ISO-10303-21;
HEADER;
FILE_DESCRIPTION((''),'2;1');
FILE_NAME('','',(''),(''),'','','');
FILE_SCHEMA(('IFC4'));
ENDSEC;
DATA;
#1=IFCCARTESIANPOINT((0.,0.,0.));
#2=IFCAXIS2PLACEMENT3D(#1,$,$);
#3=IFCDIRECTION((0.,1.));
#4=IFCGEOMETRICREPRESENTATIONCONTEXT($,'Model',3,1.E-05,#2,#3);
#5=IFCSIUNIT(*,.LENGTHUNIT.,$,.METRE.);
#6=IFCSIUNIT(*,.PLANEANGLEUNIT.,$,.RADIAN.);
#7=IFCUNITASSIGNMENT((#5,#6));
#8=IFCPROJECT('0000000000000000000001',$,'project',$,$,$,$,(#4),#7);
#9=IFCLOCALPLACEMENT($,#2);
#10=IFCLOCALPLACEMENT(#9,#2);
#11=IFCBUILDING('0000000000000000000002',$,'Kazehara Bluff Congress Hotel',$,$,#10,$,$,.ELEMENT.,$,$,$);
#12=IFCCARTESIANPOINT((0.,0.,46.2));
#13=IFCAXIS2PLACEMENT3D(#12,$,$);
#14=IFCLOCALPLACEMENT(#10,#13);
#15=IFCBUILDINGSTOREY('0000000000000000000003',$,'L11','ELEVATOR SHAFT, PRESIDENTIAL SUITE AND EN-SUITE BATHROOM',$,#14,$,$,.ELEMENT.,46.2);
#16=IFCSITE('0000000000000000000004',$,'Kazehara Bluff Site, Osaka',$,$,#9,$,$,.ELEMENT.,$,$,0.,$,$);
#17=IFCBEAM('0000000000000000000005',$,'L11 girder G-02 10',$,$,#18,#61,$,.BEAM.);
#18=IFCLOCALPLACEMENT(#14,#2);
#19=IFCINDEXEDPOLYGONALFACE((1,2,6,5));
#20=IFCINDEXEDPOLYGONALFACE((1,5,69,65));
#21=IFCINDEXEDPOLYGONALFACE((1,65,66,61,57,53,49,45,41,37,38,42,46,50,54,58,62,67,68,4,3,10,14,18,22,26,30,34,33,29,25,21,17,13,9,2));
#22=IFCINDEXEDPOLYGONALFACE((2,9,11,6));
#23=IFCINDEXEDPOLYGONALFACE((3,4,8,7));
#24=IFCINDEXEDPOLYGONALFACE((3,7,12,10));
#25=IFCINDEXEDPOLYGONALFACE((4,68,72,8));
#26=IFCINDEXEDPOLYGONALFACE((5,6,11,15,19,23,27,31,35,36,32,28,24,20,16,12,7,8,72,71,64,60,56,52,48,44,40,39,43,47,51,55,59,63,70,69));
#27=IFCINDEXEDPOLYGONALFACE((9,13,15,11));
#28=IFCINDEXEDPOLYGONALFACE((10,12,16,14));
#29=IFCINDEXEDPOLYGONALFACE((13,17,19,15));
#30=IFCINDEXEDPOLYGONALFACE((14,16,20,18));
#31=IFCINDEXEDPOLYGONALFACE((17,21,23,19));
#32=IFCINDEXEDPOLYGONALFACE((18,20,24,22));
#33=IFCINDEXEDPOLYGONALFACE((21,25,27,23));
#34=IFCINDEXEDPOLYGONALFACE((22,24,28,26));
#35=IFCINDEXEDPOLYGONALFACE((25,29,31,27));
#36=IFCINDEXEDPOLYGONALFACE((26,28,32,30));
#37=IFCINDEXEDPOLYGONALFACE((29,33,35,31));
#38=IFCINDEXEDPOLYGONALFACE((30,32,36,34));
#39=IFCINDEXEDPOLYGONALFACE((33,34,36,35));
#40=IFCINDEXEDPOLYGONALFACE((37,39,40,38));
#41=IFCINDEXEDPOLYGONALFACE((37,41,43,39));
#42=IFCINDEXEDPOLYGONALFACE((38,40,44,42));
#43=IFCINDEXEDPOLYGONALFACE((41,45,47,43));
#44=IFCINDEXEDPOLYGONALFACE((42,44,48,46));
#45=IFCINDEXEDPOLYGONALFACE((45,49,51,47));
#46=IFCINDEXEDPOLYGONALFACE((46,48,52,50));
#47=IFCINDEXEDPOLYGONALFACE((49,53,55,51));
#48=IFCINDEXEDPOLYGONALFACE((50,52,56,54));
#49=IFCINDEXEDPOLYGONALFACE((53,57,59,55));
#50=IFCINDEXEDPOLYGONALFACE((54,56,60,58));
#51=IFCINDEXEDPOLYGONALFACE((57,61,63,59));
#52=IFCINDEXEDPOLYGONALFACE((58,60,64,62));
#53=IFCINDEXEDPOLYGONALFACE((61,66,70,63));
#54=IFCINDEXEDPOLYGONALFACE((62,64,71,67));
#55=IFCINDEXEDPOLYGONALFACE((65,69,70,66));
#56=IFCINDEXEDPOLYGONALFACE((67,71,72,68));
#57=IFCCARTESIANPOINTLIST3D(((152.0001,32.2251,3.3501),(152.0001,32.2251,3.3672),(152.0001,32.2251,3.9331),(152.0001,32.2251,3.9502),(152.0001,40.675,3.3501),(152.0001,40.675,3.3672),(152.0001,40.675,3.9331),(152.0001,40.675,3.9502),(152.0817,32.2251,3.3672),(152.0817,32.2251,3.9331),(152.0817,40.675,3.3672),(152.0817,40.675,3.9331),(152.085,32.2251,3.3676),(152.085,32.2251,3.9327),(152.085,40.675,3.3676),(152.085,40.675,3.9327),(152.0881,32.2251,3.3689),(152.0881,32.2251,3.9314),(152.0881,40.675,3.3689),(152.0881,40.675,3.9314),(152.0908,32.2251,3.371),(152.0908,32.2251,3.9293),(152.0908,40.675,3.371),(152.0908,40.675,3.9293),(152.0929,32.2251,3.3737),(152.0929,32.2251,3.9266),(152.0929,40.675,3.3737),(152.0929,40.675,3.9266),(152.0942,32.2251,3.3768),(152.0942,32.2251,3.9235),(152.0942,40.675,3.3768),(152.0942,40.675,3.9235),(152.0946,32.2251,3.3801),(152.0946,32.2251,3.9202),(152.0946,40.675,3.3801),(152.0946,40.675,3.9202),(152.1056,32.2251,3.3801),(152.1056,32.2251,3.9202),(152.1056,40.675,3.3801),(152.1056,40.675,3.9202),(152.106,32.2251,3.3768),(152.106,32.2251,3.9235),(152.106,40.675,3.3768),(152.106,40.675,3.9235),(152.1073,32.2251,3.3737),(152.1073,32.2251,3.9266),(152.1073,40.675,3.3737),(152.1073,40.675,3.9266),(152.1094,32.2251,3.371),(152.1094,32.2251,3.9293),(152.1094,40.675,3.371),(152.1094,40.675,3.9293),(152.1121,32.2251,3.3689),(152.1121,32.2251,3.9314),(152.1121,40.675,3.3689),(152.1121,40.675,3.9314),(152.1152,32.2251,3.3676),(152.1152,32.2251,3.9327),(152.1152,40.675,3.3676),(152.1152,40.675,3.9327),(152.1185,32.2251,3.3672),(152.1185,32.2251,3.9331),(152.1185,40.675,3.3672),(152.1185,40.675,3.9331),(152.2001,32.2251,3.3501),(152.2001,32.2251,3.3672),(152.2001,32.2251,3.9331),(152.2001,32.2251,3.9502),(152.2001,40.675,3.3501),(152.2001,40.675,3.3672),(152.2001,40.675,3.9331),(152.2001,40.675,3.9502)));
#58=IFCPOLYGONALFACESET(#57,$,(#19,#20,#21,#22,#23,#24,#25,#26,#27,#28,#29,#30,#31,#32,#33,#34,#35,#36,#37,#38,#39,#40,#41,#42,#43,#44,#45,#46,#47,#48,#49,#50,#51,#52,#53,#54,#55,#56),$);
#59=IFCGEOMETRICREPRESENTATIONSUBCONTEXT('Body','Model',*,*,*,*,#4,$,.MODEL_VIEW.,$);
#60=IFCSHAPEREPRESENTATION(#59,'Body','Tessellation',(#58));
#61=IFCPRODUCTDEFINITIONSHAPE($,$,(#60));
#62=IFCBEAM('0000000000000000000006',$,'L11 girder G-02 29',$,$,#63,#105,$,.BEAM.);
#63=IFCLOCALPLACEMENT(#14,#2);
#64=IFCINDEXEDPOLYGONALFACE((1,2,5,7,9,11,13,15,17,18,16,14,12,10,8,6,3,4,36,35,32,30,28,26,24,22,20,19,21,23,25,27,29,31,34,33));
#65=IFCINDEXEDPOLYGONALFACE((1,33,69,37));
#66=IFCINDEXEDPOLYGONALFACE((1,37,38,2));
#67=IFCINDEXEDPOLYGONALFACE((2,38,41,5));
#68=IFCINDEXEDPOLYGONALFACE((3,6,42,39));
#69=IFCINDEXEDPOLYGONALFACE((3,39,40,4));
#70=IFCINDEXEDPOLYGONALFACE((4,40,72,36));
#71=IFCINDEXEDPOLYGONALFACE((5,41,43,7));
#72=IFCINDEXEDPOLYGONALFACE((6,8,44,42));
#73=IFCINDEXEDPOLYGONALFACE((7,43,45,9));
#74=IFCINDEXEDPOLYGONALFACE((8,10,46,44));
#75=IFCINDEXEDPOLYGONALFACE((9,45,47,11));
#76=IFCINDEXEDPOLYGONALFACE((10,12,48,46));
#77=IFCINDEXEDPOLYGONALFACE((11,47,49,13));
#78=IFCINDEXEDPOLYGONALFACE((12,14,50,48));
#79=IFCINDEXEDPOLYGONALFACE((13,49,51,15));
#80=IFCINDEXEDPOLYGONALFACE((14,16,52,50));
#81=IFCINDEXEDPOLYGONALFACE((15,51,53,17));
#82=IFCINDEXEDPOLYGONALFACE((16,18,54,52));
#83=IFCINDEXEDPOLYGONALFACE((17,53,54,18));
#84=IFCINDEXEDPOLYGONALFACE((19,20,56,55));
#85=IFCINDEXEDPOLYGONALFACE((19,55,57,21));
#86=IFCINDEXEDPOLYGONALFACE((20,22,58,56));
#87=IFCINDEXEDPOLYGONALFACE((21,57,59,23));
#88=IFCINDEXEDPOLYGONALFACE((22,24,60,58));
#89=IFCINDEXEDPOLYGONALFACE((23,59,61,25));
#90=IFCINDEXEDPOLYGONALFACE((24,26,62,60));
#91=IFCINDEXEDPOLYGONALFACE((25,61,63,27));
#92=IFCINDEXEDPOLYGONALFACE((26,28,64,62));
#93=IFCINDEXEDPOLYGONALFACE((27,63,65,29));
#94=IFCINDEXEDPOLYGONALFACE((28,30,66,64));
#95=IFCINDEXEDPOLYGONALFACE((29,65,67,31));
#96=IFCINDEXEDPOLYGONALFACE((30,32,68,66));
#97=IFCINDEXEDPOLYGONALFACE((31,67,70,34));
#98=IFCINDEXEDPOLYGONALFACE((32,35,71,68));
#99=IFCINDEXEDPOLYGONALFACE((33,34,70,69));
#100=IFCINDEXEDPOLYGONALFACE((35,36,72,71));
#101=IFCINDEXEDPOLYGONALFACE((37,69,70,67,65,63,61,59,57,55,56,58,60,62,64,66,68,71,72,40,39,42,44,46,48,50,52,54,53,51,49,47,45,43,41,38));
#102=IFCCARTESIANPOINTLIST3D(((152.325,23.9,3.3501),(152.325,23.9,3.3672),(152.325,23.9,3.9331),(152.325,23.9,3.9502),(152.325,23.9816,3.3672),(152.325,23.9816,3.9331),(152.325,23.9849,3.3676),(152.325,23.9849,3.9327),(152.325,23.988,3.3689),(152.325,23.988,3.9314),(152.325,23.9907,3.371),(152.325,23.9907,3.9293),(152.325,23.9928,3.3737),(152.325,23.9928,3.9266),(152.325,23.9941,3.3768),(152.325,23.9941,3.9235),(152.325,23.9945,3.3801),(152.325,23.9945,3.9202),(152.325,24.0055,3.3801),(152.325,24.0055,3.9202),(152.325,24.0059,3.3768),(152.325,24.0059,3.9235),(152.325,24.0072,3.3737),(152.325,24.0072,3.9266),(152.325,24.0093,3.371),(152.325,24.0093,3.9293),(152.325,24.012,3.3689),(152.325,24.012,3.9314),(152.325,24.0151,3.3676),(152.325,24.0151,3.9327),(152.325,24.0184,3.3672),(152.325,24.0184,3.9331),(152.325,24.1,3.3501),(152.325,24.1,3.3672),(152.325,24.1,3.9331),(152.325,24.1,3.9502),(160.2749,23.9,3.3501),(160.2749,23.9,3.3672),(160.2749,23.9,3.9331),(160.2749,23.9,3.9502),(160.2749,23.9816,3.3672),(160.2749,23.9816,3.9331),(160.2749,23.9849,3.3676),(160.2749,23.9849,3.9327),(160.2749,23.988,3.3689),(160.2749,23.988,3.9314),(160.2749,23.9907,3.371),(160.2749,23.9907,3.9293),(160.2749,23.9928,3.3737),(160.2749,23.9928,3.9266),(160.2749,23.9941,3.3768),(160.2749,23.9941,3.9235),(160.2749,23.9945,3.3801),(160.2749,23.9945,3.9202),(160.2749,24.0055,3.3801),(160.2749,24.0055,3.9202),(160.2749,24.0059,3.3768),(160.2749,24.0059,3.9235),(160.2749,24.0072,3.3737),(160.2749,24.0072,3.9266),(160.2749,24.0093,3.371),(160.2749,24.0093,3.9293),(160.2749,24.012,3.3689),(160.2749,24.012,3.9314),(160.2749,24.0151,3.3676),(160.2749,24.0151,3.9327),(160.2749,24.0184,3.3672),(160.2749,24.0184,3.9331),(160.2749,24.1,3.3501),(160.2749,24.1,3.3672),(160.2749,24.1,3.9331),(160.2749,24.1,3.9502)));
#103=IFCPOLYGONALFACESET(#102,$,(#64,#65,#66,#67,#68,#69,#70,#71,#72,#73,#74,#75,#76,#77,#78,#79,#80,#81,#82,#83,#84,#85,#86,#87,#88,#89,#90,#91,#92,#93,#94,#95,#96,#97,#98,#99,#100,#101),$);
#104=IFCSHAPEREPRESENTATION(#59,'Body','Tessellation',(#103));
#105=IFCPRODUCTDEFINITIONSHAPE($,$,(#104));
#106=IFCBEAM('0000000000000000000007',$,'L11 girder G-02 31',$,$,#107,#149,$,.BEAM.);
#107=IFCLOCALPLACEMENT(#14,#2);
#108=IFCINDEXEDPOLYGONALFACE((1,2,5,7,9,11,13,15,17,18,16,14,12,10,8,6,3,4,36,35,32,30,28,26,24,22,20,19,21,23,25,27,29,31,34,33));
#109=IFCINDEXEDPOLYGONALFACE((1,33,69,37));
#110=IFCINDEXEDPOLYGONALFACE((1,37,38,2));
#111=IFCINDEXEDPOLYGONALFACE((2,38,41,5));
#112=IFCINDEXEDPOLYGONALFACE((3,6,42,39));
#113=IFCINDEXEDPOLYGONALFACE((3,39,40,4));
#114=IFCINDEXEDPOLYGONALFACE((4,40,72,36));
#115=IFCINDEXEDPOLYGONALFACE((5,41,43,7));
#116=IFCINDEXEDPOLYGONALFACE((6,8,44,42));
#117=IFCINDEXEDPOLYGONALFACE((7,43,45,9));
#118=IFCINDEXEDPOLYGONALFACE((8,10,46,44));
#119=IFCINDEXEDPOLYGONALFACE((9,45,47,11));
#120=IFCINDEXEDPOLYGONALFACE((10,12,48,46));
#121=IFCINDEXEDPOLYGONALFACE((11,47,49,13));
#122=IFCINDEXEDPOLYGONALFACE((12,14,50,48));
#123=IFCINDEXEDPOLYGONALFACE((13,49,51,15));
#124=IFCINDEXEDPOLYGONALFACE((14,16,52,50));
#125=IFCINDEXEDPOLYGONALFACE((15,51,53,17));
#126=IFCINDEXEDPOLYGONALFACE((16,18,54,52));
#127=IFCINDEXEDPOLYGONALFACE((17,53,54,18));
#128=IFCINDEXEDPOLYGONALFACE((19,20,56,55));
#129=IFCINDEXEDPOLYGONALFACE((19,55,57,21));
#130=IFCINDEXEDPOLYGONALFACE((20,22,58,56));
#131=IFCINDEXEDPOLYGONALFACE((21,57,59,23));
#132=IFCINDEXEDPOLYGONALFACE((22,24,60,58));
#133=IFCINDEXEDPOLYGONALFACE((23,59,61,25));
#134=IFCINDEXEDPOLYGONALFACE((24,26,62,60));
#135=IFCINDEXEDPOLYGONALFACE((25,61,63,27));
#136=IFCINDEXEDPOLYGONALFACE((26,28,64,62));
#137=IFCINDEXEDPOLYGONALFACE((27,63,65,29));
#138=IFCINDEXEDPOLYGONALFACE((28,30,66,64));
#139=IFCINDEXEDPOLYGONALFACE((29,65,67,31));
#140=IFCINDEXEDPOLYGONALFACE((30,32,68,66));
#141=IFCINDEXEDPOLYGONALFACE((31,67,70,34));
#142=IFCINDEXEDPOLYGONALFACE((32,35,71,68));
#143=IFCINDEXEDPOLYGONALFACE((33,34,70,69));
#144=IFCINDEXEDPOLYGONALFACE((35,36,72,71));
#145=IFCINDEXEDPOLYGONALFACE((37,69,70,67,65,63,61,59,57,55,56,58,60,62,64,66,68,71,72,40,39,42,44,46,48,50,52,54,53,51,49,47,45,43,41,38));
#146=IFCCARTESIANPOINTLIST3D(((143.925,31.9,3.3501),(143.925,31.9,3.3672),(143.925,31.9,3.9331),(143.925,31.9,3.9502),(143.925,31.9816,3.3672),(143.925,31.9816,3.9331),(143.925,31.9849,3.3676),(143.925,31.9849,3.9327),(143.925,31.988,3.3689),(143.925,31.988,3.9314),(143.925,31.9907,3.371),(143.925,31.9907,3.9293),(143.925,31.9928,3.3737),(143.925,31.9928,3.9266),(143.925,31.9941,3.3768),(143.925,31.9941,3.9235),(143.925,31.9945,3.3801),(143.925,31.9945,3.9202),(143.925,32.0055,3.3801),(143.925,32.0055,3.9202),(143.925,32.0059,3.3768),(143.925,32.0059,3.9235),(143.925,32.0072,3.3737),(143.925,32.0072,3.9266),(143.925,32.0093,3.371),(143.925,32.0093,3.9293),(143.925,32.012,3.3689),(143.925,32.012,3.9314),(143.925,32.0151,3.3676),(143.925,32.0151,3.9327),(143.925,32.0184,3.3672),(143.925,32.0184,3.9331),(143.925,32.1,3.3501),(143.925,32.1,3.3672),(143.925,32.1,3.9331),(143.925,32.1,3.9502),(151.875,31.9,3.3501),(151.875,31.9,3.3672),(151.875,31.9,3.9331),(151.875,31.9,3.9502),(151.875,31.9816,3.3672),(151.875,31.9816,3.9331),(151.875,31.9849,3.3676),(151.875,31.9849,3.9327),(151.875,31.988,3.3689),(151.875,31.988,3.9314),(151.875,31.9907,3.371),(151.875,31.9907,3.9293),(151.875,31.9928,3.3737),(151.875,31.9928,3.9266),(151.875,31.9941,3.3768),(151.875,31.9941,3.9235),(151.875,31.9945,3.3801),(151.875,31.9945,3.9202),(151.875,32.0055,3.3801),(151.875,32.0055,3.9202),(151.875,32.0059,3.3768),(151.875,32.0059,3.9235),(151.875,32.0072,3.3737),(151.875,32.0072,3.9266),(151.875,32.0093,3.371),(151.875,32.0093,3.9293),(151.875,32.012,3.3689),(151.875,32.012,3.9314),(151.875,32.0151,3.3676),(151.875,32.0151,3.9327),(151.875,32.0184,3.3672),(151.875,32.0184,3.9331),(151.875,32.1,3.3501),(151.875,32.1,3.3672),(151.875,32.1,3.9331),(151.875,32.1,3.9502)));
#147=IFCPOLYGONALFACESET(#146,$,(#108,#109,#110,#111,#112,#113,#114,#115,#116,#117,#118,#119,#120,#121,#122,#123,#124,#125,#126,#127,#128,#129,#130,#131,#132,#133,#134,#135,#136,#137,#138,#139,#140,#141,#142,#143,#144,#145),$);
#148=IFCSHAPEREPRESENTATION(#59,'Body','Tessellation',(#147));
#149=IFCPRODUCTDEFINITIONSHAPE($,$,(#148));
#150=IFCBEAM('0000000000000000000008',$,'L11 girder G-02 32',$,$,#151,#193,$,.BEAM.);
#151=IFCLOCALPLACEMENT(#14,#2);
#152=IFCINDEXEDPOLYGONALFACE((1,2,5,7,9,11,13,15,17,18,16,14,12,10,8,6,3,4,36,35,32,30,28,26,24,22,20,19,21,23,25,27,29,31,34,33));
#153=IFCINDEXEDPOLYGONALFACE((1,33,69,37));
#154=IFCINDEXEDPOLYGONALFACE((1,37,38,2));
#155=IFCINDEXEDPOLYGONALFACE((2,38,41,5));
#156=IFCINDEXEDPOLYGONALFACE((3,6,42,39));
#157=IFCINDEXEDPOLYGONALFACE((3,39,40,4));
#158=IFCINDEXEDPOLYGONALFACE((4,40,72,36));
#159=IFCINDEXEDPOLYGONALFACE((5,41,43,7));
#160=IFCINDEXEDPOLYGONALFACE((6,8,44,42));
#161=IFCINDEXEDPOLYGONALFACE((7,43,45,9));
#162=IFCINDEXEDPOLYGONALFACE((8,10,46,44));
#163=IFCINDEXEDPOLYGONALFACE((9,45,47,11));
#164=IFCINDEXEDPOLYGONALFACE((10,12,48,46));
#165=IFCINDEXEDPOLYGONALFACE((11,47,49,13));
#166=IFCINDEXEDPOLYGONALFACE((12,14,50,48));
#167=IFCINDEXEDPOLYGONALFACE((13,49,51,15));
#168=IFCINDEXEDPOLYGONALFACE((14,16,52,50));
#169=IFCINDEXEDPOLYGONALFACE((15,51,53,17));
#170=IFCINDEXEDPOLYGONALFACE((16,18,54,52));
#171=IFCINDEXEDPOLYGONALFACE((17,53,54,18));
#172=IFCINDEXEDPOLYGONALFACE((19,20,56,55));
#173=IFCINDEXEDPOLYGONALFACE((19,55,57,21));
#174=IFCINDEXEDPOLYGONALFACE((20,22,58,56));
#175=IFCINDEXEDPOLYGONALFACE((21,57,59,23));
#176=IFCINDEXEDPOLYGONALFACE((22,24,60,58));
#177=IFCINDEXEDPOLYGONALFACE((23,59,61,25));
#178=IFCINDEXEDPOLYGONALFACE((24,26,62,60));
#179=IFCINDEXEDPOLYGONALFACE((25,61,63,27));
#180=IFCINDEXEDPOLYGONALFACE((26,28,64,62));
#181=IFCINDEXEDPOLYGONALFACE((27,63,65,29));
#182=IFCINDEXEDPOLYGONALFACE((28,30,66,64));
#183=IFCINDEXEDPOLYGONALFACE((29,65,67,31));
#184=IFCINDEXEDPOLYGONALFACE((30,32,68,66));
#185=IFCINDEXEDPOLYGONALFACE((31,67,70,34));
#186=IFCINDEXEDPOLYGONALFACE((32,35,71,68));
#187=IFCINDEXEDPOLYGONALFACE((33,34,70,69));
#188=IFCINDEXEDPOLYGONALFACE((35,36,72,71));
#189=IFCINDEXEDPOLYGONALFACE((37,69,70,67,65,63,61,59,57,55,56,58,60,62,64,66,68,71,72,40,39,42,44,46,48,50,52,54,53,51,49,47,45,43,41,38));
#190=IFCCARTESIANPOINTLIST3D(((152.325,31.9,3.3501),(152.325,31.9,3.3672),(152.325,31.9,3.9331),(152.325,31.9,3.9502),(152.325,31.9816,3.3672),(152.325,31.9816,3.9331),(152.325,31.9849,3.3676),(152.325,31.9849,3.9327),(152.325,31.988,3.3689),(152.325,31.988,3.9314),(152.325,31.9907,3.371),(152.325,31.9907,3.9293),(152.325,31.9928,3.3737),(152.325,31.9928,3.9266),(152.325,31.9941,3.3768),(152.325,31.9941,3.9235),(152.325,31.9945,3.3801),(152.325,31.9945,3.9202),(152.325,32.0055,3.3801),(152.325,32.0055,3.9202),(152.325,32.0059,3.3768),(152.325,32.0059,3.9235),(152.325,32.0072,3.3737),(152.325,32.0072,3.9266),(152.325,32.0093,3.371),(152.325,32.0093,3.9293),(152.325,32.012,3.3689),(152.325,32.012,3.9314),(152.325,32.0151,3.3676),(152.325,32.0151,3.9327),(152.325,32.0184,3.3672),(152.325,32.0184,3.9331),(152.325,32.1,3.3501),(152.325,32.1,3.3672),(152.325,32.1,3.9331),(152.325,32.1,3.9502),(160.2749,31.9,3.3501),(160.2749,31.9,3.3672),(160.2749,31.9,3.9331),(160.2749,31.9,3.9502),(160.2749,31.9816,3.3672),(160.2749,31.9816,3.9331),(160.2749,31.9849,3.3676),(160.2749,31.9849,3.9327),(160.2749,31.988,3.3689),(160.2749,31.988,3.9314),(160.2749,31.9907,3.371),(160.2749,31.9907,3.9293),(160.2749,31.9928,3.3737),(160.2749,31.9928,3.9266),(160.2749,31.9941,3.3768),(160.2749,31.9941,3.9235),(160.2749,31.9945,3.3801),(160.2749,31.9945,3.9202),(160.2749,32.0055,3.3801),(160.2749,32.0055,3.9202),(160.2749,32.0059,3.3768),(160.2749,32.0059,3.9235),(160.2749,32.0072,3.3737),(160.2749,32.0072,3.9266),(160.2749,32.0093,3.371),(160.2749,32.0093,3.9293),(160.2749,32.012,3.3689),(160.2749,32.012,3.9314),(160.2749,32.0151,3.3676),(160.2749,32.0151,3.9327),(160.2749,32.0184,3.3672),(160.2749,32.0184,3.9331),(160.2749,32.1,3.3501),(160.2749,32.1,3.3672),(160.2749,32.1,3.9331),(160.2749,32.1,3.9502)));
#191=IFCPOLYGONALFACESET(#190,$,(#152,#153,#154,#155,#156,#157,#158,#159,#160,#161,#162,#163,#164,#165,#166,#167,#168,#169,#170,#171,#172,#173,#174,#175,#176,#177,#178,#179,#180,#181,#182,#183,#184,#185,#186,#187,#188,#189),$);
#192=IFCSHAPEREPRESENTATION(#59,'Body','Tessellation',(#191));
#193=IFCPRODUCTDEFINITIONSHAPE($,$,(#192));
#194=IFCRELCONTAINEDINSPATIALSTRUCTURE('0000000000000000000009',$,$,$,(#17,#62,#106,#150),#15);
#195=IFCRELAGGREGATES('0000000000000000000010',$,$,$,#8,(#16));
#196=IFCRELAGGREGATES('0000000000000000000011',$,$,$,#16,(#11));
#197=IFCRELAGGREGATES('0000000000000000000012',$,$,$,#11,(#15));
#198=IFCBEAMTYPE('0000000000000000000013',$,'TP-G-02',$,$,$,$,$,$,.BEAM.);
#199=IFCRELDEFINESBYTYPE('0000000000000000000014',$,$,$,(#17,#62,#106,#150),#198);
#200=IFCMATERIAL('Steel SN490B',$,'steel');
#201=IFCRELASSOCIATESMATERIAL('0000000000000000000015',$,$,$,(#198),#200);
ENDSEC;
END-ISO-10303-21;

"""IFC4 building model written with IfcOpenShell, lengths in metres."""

from ifc_helpers import new_model, si_unit, direction, frame, origin, origin_2d, place, context, subcontext, project, spatial, i_section, extrude, material, material_profile, profile_set, type_object, element, save


model = new_model("IFC4")

# Units and contexts
model_context = context("Model", 3, precision=1e-05, world=origin(), true_north=direction((0.0, 1.0)))
body_context = subcontext(model_context, "Body", "Model", "MODEL_VIEW")
ifc_project = project(units=[si_unit("LENGTHUNIT", "METRE"), si_unit("PLANEANGLEUNIT", "RADIAN")], contexts=[model_context])

# Site, building, storey
site_placement = place(None, origin())
site = spatial("IfcSite", under=ifc_project, at=site_placement, Name="Kazehara Bluff Site, Osaka", CompositionType="ELEMENT", RefElevation=0.0)
building_placement = place(site_placement, origin())
building = spatial("IfcBuilding", under=site, at=building_placement, Name="Kazehara Bluff Congress Hotel", CompositionType="ELEMENT")
storey_placement = place(building_placement, frame((0.0, 0.0, 46.2)))
storey = spatial("IfcBuildingStorey", under=building, at=storey_placement, Name="L11", Description="ELEVATOR SHAFT, PRESIDENTIAL SUITE AND EN-SUITE BATHROOM", CompositionType="ELEMENT", Elevation=46.2)

# Beams
ifc_material_1 = material(Name="Steel SN490B", Category="steel")
ifc_material_profile_1 = material_profile(ifc_material_1, i_section(OverallWidth=0.2, OverallDepth=0.6001, WebThickness=0.011, FlangeThickness=0.0171, FilletRadius=0.0129, at=origin_2d()))
ifc_profile_set_1 = profile_set([ifc_material_profile_1], Name="Steel SN490B")
beam_type_1 = type_object("IfcBeamType", Name="TP-G-02", PredefinedType="BEAM", material=ifc_profile_set_1)
beam_1_placement = place(storey_placement, frame((152.1001, 32.2251, 3.6501), z_axis=(0.0, 1.0, 0.0), x_axis=(-1.0, 0.0, 0.0)))
element("IfcBeam", 1, at=beam_1_placement, inside=storey, type_object=beam_type_1, Name="L11 girder G-02 10", PredefinedType="BEAM", context=body_context, shape_type="SweptSolid", body=[
    extrude(i_section(OverallWidth=0.2, OverallDepth=0.6001, WebThickness=0.011, FlangeThickness=0.0171, FilletRadius=0.0129, at=origin_2d()), origin(), (0.0, 0.0, 1.0), 8.45),
])
for number, where, z_axis, x_axis, name in (
    (2, (152.325, 24.0, 3.6501), (1.0, 0.0, 0.0), (0.0, 1.0, 0.0), "L11 girder G-02 29"),
    (3, (143.925, 32.0, 3.6501), (1.0, 0.0, 0.0), (0.0, 1.0, 0.0), "L11 girder G-02 31"),
    (4, (152.325, 32.0, 3.6501), (1.0, 0.0, 0.0), (0.0, 1.0, 0.0), "L11 girder G-02 32"),
):
    element("IfcBeam", number, at=place(storey_placement, frame(where, z_axis=z_axis, x_axis=x_axis)), inside=storey, type_object=beam_type_1, Name=name, PredefinedType="BEAM", context=body_context, shape_type="SweptSolid", body=[
        extrude(i_section(OverallWidth=0.2, OverallDepth=0.6001, WebThickness=0.011, FlangeThickness=0.0171, FilletRadius=0.0129, at=origin_2d()), origin(), (0.0, 0.0, 1.0), 7.95),
    ])

save(model, "model.ifc")
